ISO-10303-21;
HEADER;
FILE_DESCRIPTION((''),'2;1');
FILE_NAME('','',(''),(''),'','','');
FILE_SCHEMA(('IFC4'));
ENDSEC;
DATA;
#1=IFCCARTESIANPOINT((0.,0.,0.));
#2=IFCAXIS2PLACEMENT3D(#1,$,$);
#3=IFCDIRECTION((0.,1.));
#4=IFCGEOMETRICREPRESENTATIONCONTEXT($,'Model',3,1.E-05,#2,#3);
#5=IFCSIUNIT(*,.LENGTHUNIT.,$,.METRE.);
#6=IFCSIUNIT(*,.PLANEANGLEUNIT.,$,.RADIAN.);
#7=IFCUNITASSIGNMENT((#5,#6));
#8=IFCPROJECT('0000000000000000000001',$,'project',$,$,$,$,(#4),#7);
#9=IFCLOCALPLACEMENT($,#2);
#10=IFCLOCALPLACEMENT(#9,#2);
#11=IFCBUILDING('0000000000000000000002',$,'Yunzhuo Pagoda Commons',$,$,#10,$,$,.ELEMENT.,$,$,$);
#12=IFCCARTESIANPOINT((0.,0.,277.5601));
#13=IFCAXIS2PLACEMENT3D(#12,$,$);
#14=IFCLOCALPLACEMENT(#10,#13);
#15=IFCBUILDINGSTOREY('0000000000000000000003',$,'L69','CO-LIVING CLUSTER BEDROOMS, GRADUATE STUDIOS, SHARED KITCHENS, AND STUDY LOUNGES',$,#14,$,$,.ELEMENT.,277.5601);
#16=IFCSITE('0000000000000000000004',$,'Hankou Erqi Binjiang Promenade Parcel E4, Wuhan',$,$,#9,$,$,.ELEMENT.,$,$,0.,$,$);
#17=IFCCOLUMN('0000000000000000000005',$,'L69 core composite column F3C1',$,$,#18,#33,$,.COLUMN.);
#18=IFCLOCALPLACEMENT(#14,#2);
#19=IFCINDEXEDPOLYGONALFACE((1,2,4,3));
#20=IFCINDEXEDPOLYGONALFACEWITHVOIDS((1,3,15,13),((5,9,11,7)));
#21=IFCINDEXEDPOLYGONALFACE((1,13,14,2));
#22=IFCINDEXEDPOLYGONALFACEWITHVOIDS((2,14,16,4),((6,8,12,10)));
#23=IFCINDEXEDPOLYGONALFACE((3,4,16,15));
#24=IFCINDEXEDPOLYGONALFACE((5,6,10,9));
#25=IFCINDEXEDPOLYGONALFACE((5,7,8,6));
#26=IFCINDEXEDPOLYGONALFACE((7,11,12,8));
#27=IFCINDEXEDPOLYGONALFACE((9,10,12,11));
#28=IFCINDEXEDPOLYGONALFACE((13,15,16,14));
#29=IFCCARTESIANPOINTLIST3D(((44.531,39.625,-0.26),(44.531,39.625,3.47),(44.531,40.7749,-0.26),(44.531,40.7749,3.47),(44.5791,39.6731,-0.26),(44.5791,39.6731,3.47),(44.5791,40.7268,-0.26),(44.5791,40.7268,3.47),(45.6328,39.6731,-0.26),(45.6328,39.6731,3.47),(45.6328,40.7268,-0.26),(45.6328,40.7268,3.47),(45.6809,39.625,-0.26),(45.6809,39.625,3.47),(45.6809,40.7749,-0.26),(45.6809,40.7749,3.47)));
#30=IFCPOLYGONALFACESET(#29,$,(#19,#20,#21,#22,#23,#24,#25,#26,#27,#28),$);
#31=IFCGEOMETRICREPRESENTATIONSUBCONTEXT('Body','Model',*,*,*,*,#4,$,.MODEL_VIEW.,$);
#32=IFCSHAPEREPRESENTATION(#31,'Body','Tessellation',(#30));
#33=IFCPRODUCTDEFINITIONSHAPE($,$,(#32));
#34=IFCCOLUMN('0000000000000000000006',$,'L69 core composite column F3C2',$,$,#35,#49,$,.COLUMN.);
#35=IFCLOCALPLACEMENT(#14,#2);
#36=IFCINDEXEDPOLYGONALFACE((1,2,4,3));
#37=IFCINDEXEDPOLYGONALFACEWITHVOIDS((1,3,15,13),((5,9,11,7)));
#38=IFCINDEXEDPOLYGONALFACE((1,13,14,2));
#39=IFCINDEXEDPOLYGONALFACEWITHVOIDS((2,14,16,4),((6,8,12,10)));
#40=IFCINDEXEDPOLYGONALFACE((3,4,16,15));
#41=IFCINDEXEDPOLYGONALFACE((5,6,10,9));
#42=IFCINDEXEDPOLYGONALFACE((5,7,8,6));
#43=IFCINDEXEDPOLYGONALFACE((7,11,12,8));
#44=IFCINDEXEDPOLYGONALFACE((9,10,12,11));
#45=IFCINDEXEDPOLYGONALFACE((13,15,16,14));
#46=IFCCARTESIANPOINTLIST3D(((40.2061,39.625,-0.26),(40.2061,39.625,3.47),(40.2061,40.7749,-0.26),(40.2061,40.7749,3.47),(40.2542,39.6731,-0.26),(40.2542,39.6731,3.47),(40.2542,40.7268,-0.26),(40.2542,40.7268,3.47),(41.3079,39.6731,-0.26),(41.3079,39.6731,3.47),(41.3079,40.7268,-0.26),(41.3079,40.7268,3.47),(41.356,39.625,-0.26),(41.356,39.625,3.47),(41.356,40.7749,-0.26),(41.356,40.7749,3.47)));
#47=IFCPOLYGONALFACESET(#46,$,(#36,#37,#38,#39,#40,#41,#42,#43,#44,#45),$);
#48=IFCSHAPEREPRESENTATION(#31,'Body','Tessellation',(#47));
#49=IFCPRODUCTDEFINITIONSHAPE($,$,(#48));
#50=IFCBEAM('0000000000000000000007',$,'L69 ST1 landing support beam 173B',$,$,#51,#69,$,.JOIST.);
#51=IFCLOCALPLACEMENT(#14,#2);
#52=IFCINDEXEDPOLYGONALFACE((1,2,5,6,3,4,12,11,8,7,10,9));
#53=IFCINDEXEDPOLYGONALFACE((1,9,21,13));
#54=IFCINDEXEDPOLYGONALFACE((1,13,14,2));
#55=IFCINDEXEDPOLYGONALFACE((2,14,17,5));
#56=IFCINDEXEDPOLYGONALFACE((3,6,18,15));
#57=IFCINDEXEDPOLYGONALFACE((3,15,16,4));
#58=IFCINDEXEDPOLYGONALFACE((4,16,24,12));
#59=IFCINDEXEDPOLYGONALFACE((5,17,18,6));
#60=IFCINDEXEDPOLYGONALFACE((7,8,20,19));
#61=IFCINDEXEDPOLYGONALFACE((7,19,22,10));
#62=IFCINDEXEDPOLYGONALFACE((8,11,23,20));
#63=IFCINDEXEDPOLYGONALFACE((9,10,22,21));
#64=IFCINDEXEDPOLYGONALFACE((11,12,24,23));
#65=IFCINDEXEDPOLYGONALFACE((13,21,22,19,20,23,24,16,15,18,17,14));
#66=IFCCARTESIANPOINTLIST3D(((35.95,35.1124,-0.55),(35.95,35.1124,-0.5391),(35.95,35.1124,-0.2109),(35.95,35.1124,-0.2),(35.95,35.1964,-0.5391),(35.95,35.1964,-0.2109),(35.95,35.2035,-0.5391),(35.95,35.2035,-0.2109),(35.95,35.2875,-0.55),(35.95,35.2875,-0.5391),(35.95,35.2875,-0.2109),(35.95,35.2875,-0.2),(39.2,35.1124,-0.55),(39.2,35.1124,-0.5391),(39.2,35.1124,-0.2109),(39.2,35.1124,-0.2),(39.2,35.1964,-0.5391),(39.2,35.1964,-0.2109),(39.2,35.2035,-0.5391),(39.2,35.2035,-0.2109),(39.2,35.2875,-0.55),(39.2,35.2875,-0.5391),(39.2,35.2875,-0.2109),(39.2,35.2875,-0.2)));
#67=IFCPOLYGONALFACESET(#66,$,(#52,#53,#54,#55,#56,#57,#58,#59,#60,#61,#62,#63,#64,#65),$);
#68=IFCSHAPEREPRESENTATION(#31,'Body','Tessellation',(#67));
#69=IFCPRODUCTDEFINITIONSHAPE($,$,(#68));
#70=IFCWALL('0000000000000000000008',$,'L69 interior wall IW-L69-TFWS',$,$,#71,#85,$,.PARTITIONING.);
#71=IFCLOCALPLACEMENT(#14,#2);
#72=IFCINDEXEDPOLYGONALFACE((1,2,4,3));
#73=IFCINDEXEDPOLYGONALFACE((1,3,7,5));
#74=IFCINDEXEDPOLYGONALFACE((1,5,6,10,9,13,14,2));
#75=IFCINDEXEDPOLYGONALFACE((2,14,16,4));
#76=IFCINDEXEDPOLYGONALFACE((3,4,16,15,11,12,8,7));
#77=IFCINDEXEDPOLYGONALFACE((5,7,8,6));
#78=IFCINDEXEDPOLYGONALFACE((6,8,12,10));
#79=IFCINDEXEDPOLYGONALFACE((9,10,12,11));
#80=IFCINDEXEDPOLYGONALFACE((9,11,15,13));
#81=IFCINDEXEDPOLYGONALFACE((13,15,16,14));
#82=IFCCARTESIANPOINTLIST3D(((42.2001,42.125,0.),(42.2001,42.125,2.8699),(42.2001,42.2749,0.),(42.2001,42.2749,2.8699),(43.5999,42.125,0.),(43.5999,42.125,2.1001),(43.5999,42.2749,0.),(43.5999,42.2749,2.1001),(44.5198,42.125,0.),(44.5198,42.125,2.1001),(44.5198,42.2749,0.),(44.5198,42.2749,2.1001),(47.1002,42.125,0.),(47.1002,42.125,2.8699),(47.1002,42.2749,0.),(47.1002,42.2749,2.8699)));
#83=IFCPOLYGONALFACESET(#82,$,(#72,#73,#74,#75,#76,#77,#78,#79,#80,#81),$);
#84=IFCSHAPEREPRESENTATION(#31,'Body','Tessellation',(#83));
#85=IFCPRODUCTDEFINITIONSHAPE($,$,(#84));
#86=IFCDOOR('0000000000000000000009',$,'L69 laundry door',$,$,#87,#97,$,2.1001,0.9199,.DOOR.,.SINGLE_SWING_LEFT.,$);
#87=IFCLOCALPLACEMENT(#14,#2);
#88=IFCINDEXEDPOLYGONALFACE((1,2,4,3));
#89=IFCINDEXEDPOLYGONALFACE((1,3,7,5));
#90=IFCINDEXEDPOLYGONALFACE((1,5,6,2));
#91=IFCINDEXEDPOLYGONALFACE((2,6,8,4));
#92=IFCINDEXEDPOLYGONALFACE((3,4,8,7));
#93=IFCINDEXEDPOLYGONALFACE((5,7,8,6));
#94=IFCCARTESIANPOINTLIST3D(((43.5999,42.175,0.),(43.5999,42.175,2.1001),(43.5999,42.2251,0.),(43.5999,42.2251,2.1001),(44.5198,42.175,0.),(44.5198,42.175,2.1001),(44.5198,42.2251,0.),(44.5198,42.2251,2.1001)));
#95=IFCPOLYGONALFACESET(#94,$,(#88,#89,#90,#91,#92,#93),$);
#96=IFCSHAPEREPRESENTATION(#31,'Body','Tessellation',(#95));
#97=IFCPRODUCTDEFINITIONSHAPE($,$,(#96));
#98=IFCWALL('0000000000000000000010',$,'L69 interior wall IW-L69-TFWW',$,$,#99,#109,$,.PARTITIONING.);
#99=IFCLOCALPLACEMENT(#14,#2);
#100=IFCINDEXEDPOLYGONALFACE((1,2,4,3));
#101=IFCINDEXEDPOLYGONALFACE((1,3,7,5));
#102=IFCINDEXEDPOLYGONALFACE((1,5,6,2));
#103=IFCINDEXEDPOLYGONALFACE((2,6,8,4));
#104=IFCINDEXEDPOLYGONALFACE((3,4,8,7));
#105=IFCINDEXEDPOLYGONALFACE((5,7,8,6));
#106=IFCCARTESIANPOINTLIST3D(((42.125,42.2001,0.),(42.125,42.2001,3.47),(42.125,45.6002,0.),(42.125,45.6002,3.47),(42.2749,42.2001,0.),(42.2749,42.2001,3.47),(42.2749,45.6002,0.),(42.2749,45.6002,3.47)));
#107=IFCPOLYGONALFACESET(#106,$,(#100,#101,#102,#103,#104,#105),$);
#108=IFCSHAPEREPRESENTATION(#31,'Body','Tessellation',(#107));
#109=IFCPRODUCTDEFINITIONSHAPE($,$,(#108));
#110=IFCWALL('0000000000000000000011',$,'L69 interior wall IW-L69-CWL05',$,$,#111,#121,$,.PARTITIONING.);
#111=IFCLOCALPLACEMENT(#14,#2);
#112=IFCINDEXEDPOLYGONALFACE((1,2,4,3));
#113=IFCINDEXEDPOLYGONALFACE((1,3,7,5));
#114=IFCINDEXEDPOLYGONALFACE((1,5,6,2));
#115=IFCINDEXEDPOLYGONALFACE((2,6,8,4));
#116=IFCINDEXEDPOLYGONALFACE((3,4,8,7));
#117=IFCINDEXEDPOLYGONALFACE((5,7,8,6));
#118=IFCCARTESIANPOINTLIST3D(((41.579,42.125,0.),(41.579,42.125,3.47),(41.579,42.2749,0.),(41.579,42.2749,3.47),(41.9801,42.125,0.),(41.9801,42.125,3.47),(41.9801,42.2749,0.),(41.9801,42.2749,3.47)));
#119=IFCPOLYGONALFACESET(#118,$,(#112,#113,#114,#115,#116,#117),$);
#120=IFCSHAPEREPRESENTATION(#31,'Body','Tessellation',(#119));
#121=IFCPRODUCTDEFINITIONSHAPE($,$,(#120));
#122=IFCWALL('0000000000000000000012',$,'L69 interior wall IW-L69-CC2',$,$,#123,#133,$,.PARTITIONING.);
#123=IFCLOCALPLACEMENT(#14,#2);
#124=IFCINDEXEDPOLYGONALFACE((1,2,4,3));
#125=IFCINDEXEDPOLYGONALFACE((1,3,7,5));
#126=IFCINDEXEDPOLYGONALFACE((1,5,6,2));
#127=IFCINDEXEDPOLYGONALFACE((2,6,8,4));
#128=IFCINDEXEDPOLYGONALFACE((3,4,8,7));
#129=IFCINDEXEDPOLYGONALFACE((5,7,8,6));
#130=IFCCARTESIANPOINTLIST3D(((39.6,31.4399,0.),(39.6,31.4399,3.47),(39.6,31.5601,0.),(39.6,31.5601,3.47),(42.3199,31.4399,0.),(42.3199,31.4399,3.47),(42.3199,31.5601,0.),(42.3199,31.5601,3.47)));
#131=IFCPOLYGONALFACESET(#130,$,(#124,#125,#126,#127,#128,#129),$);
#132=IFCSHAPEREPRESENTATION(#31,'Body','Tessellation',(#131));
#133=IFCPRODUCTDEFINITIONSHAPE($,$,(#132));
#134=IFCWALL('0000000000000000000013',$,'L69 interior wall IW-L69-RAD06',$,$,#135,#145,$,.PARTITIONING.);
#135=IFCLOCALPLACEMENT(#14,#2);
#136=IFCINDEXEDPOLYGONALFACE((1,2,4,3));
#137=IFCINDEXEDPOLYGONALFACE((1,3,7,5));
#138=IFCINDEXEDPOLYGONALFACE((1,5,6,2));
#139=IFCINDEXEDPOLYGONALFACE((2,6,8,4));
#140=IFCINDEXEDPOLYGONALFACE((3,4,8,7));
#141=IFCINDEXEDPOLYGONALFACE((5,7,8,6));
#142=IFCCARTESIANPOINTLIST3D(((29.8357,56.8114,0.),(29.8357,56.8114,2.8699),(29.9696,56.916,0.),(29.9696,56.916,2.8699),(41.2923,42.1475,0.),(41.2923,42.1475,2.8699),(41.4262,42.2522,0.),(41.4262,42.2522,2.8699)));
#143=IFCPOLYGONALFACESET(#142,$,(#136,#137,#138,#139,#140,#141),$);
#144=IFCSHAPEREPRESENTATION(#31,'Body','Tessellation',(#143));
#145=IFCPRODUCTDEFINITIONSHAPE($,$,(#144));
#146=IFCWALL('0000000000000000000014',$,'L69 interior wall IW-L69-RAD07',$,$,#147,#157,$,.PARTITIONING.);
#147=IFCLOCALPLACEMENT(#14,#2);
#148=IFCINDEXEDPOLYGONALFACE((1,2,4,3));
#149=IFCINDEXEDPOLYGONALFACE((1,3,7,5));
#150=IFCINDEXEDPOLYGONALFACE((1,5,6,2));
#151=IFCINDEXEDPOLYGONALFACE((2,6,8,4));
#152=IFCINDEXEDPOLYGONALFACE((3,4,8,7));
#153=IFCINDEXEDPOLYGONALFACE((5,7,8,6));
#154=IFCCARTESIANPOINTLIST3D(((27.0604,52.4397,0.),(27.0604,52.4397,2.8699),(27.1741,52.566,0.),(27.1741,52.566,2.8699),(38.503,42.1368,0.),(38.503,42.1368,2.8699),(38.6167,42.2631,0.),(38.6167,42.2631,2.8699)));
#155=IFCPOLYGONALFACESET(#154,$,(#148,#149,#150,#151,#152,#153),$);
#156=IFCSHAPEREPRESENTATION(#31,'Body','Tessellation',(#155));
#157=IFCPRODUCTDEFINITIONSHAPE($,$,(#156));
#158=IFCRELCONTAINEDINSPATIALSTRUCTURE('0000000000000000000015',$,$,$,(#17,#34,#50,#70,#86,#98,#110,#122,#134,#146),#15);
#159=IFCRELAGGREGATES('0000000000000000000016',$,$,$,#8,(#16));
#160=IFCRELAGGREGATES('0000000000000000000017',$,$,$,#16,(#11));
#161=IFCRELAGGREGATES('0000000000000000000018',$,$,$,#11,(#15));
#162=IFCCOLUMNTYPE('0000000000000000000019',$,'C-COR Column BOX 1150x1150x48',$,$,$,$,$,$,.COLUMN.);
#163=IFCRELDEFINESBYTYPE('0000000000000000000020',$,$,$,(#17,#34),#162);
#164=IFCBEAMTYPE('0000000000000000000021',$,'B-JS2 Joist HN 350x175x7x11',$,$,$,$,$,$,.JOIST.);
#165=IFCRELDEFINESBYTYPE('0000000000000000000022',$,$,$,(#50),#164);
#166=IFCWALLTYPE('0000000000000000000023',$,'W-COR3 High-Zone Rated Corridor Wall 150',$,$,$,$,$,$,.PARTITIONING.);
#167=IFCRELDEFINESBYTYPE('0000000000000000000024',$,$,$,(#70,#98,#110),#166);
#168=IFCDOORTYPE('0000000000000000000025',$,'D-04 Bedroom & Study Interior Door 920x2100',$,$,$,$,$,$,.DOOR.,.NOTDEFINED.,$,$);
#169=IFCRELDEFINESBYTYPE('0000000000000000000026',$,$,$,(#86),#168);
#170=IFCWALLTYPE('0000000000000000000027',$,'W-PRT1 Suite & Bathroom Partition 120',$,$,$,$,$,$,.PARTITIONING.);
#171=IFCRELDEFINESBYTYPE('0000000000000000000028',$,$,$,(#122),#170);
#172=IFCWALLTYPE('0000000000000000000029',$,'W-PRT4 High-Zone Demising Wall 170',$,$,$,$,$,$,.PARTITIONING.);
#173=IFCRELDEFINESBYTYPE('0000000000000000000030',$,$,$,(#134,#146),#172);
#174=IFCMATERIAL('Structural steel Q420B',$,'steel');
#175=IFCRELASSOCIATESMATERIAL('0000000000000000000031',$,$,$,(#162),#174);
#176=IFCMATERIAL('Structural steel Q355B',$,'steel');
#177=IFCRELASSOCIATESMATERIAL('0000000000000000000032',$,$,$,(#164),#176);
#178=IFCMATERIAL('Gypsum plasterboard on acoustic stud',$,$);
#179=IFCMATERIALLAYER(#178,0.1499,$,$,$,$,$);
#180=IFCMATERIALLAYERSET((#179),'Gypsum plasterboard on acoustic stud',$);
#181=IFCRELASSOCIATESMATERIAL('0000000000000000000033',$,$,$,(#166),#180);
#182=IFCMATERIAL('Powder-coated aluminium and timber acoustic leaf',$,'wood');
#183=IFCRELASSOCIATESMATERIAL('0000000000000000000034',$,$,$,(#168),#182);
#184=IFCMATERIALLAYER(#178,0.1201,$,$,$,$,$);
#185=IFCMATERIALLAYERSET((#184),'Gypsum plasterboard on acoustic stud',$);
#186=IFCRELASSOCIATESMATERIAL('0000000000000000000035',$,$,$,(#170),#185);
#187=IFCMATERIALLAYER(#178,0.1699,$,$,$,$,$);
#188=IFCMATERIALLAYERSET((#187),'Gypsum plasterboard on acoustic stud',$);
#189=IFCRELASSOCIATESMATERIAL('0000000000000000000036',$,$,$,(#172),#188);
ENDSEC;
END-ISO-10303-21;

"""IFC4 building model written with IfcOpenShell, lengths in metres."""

from ifc_helpers import new_model, si_unit, direction, frame, frame_2d, origin, origin_2d, place, context, subcontext, project, spatial, rectangle, hollow_rectangle, i_section, extrude, source, transform, mapped, material, layer, layer_set, material_profile, profile_set, type_object, element, fill, save


model = new_model("IFC4")

# Units and contexts
model_context = context("Model", 3, precision=1e-05, world=origin(), true_north=direction((0.0, 1.0)))
body_context = subcontext(model_context, "Body", "Model", "MODEL_VIEW")
ifc_project = project(units=[si_unit("LENGTHUNIT", "METRE"), si_unit("PLANEANGLEUNIT", "RADIAN")], contexts=[model_context])

# Site, building, storey
site_placement = place(None, origin())
site = spatial("IfcSite", under=ifc_project, at=site_placement, Name="Hankou Erqi Binjiang Promenade Parcel E4, Wuhan", CompositionType="ELEMENT", RefElevation=0.0)
building_placement = place(site_placement, origin())
building = spatial("IfcBuilding", under=site, at=building_placement, Name="Yunzhuo Pagoda Commons", CompositionType="ELEMENT")
storey_placement = place(building_placement, frame((0.0, 0.0, 277.5601)))
storey = spatial("IfcBuildingStorey", under=building, at=storey_placement, Name="L69", Description="CO-LIVING CLUSTER BEDROOMS, GRADUATE STUDIOS, SHARED KITCHENS, AND STUDY LOUNGES", CompositionType="ELEMENT", Elevation=277.5601)

# Columns
ifc_material_1 = material(Name="Structural steel Q420B", Category="steel")
ifc_material_profile_1 = material_profile(ifc_material_1, hollow_rectangle(XDim=1.1499, YDim=1.1499, WallThickness=0.0481, at=origin_2d()), Name="Structural steel Q420B")
ifc_profile_set_1 = profile_set([ifc_material_profile_1], Name="Structural steel Q420B")
column_type = type_object("IfcColumnType", Name="C-COR Column BOX 1150x1150x48", PredefinedType="COLUMN", material=ifc_profile_set_1)
shared_shape_1 = source(origin(), body_context, "Body", "SweptSolid", [
    extrude(hollow_rectangle(XDim=1.1499, YDim=1.1499, WallThickness=0.0481, at=origin_2d()), origin(), (0.0, 0.0, 1.0), 3.73),
])
for number, where, z_axis, x_axis, name in (
    (1, (45.106, 40.2, -0.26), (0.0, 0.0, 1.0), (1.0, 0.0, 0.0), "L69 core composite column F3C1"),
    (2, (40.781, 40.2, -0.26), (0.0, 0.0, 1.0), (1.0, 0.0, 0.0), "L69 core composite column F3C2"),
):
    element("IfcColumn", number, at=place(storey_placement, frame(where, z_axis=z_axis, x_axis=x_axis)), inside=storey, type_object=column_type, Name=name, PredefinedType="COLUMN", context=body_context, shape_type="MappedRepresentation", body=[
        mapped(shared_shape_1, transform((0.0, 0.0, 0.0), scale=1.0)),
    ])

# Beam
ifc_material_2 = material(Name="Structural steel Q355B", Category="steel")
ifc_material_profile_2 = material_profile(ifc_material_2, i_section(OverallWidth=0.175, OverallDepth=0.3501, WebThickness=0.0071, FlangeThickness=0.011, at=origin_2d()), Name="Structural steel Q355B")
ifc_profile_set_2 = profile_set([ifc_material_profile_2], Name="Structural steel Q355B")
beam_type = type_object("IfcBeamType", Name="B-JS2 Joist HN 350x175x7x11", PredefinedType="JOIST", material=ifc_profile_set_2)
shared_shape_2 = source(origin(), body_context, "Body", "SweptSolid", [
    extrude(i_section(OverallWidth=0.175, OverallDepth=0.3501, WebThickness=0.0071, FlangeThickness=0.011, at=origin_2d()), origin(), (0.0, 0.0, 1.0), 3.25),
])
beam_placement = place(storey_placement, frame((35.95, 35.2, -0.375), z_axis=(1.0, 0.0, 0.0), x_axis=(0.0, 1.0, 0.0)))
element("IfcBeam", 3, at=beam_placement, inside=storey, type_object=beam_type, Name="L69 ST1 landing support beam 173B", PredefinedType="JOIST", context=body_context, shape_type="MappedRepresentation", body=[
    mapped(shared_shape_2, transform((0.0, 0.0, 0.0), scale=1.0)),
])

# Wall, opening, door
ifc_material_3 = material(Name="Gypsum plasterboard on acoustic stud")
ifc_layer_1 = layer(ifc_material_3, 0.1499)
ifc_layer_set_1 = layer_set([ifc_layer_1], Name="Gypsum plasterboard on acoustic stud")
wall_type_1 = type_object("IfcWallType", Name="W-COR3 High-Zone Rated Corridor Wall 150", PredefinedType="PARTITIONING", material=ifc_layer_set_1)
wall_1_placement = place(storey_placement, frame((42.2, 42.2, 0.0), z_axis=(0.0, 0.0, 1.0), x_axis=(1.0, 0.0, 0.0)))
wall_1 = element("IfcWall", 4, at=wall_1_placement, inside=storey, type_object=wall_type_1, Name="L69 interior wall IW-L69-TFWS", PredefinedType="PARTITIONING", context=body_context, shape_type="SweptSolid", body=[
    extrude(rectangle(XDim=4.9001, YDim=0.1499, at=frame_2d((2.4502, 0.0))), origin(), (0.0, 0.0, 1.0), 2.8699),
])
opening_1_placement = place(wall_1_placement, frame((1.3999, 0.0, 0.0)))
opening_1 = element("IfcOpeningElement", 5, at=opening_1_placement, cuts=wall_1, PredefinedType="OPENING", context=body_context, shape_type="SweptSolid", body=[
    extrude(rectangle(XDim=0.9199, YDim=2.1001, at=frame_2d((0.46, 1.05))), frame((0.0, 0.085, 0.0), z_axis=(0.0, -1.0, 0.0), x_axis=(1.0, 0.0, 0.0)), (0.0, 0.0, 1.0), 0.1699),
])
ifc_material_4 = material(Name="Powder-coated aluminium and timber acoustic leaf", Category="wood")
door_type_1 = type_object("IfcDoorType", Name="D-04 Bedroom & Study Interior Door 920x2100", OperationType="NOTDEFINED", PredefinedType="DOOR", material=ifc_material_4)
shared_shape_3 = source(origin(), body_context, "Body", "SweptSolid", [
    extrude(rectangle(XDim=0.9199, YDim=2.1001, at=frame_2d((0.46, 1.05))), frame((0.0, 0.0249, 0.0), z_axis=(0.0, -1.0, 0.0), x_axis=(1.0, 0.0, 0.0)), (0.0, 0.0, 1.0), 0.05),
])
door_1_placement = place(opening_1_placement, frame((0.9199, 0.0, 0.0), z_axis=(0.0, 0.0, 1.0), x_axis=(-1.0, 0.0, 0.0)))
door_1 = element("IfcDoor", 6, at=door_1_placement, inside=storey, type_object=door_type_1, Name="L69 laundry door", OperationType="SINGLE_SWING_LEFT", OverallHeight=2.1001, OverallWidth=0.9199, PredefinedType="DOOR", context=body_context, shape_type="MappedRepresentation", body=[
    mapped(shared_shape_3, transform((0.0, 0.0, 0.0), scale=1.0)),
])
fill(opening_1, door_1)

# Wall
wall_2_placement = place(storey_placement, frame((42.2, 42.2, 0.0), z_axis=(0.0, 0.0, 1.0), x_axis=(0.0, 1.0, 0.0)))
element("IfcWall", 7, at=wall_2_placement, inside=storey, type_object=wall_type_1, Name="L69 interior wall IW-L69-TFWW", PredefinedType="PARTITIONING", context=body_context, shape_type="SweptSolid", body=[
    extrude(rectangle(XDim=3.4001, YDim=0.1499, at=frame_2d((1.7002, 0.0))), origin(), (0.0, 0.0, 1.0), 3.47),
])

# Walls
wall_3_placement = place(storey_placement, frame((41.5789, 42.2, 0.0), z_axis=(0.0, 0.0, 1.0), x_axis=(1.0, 0.0, 0.0)))
element("IfcWall", 8, at=wall_3_placement, inside=storey, type_object=wall_type_1, Name="L69 interior wall IW-L69-CWL05", PredefinedType="PARTITIONING", context=body_context, shape_type="SweptSolid", body=[
    extrude(rectangle(XDim=0.4011, YDim=0.1499, at=frame_2d((0.2007, 0.0))), origin(), (0.0, 0.0, 1.0), 3.47),
])
ifc_layer_2 = layer(ifc_material_3, 0.1201)
ifc_layer_set_2 = layer_set([ifc_layer_2], Name="Gypsum plasterboard on acoustic stud")
wall_type_2 = type_object("IfcWallType", Name="W-PRT1 Suite & Bathroom Partition 120", PredefinedType="PARTITIONING", material=ifc_layer_set_2)
wall_4_placement = place(storey_placement, frame((39.6001, 31.5, 0.0), z_axis=(0.0, 0.0, 1.0), x_axis=(1.0, 0.0, 0.0)))
element("IfcWall", 9, at=wall_4_placement, inside=storey, type_object=wall_type_2, Name="L69 interior wall IW-L69-CC2", PredefinedType="PARTITIONING", context=body_context, shape_type="SweptSolid", body=[
    extrude(rectangle(XDim=2.72, YDim=0.1201, at=frame_2d((1.3599, 0.0))), origin(), (0.0, 0.0, 1.0), 3.47),
])
ifc_layer_3 = layer(ifc_material_3, 0.1699)
ifc_layer_set_3 = layer_set([ifc_layer_3], Name="Gypsum plasterboard on acoustic stud")
wall_type_3 = type_object("IfcWallType", Name="W-PRT4 High-Zone Demising Wall 170", PredefinedType="PARTITIONING", material=ifc_layer_set_3)
wall_5_placement = place(storey_placement, frame((41.3591, 42.2, 0.0), z_axis=(0.0, 0.0, 1.0), x_axis=(-0.615659, 0.788013, 0.0)))
element("IfcWall", 10, at=wall_5_placement, inside=storey, type_object=wall_type_3, Name="L69 interior wall IW-L69-RAD06", PredefinedType="PARTITIONING", context=body_context, shape_type="SweptSolid", body=[
    extrude(rectangle(XDim=18.6086, YDim=0.1699, at=frame_2d((9.3042, 0.0))), origin(), (0.0, 0.0, 1.0), 2.8699),
])
wall_6_placement = place(storey_placement, frame((38.5598, 42.2, 0.0), z_axis=(0.0, 0.0, 1.0), x_axis=(-0.743145, 0.66913, 0.0)))
element("IfcWall", 11, at=wall_6_placement, inside=storey, type_object=wall_type_3, Name="L69 interior wall IW-L69-RAD07", PredefinedType="PARTITIONING", context=body_context, shape_type="SweptSolid", body=[
    extrude(rectangle(XDim=15.3975, YDim=0.1699, at=frame_2d((7.6987, 0.0))), origin(), (0.0, 0.0, 1.0), 2.8699),
])

save(model, "model.ifc")
